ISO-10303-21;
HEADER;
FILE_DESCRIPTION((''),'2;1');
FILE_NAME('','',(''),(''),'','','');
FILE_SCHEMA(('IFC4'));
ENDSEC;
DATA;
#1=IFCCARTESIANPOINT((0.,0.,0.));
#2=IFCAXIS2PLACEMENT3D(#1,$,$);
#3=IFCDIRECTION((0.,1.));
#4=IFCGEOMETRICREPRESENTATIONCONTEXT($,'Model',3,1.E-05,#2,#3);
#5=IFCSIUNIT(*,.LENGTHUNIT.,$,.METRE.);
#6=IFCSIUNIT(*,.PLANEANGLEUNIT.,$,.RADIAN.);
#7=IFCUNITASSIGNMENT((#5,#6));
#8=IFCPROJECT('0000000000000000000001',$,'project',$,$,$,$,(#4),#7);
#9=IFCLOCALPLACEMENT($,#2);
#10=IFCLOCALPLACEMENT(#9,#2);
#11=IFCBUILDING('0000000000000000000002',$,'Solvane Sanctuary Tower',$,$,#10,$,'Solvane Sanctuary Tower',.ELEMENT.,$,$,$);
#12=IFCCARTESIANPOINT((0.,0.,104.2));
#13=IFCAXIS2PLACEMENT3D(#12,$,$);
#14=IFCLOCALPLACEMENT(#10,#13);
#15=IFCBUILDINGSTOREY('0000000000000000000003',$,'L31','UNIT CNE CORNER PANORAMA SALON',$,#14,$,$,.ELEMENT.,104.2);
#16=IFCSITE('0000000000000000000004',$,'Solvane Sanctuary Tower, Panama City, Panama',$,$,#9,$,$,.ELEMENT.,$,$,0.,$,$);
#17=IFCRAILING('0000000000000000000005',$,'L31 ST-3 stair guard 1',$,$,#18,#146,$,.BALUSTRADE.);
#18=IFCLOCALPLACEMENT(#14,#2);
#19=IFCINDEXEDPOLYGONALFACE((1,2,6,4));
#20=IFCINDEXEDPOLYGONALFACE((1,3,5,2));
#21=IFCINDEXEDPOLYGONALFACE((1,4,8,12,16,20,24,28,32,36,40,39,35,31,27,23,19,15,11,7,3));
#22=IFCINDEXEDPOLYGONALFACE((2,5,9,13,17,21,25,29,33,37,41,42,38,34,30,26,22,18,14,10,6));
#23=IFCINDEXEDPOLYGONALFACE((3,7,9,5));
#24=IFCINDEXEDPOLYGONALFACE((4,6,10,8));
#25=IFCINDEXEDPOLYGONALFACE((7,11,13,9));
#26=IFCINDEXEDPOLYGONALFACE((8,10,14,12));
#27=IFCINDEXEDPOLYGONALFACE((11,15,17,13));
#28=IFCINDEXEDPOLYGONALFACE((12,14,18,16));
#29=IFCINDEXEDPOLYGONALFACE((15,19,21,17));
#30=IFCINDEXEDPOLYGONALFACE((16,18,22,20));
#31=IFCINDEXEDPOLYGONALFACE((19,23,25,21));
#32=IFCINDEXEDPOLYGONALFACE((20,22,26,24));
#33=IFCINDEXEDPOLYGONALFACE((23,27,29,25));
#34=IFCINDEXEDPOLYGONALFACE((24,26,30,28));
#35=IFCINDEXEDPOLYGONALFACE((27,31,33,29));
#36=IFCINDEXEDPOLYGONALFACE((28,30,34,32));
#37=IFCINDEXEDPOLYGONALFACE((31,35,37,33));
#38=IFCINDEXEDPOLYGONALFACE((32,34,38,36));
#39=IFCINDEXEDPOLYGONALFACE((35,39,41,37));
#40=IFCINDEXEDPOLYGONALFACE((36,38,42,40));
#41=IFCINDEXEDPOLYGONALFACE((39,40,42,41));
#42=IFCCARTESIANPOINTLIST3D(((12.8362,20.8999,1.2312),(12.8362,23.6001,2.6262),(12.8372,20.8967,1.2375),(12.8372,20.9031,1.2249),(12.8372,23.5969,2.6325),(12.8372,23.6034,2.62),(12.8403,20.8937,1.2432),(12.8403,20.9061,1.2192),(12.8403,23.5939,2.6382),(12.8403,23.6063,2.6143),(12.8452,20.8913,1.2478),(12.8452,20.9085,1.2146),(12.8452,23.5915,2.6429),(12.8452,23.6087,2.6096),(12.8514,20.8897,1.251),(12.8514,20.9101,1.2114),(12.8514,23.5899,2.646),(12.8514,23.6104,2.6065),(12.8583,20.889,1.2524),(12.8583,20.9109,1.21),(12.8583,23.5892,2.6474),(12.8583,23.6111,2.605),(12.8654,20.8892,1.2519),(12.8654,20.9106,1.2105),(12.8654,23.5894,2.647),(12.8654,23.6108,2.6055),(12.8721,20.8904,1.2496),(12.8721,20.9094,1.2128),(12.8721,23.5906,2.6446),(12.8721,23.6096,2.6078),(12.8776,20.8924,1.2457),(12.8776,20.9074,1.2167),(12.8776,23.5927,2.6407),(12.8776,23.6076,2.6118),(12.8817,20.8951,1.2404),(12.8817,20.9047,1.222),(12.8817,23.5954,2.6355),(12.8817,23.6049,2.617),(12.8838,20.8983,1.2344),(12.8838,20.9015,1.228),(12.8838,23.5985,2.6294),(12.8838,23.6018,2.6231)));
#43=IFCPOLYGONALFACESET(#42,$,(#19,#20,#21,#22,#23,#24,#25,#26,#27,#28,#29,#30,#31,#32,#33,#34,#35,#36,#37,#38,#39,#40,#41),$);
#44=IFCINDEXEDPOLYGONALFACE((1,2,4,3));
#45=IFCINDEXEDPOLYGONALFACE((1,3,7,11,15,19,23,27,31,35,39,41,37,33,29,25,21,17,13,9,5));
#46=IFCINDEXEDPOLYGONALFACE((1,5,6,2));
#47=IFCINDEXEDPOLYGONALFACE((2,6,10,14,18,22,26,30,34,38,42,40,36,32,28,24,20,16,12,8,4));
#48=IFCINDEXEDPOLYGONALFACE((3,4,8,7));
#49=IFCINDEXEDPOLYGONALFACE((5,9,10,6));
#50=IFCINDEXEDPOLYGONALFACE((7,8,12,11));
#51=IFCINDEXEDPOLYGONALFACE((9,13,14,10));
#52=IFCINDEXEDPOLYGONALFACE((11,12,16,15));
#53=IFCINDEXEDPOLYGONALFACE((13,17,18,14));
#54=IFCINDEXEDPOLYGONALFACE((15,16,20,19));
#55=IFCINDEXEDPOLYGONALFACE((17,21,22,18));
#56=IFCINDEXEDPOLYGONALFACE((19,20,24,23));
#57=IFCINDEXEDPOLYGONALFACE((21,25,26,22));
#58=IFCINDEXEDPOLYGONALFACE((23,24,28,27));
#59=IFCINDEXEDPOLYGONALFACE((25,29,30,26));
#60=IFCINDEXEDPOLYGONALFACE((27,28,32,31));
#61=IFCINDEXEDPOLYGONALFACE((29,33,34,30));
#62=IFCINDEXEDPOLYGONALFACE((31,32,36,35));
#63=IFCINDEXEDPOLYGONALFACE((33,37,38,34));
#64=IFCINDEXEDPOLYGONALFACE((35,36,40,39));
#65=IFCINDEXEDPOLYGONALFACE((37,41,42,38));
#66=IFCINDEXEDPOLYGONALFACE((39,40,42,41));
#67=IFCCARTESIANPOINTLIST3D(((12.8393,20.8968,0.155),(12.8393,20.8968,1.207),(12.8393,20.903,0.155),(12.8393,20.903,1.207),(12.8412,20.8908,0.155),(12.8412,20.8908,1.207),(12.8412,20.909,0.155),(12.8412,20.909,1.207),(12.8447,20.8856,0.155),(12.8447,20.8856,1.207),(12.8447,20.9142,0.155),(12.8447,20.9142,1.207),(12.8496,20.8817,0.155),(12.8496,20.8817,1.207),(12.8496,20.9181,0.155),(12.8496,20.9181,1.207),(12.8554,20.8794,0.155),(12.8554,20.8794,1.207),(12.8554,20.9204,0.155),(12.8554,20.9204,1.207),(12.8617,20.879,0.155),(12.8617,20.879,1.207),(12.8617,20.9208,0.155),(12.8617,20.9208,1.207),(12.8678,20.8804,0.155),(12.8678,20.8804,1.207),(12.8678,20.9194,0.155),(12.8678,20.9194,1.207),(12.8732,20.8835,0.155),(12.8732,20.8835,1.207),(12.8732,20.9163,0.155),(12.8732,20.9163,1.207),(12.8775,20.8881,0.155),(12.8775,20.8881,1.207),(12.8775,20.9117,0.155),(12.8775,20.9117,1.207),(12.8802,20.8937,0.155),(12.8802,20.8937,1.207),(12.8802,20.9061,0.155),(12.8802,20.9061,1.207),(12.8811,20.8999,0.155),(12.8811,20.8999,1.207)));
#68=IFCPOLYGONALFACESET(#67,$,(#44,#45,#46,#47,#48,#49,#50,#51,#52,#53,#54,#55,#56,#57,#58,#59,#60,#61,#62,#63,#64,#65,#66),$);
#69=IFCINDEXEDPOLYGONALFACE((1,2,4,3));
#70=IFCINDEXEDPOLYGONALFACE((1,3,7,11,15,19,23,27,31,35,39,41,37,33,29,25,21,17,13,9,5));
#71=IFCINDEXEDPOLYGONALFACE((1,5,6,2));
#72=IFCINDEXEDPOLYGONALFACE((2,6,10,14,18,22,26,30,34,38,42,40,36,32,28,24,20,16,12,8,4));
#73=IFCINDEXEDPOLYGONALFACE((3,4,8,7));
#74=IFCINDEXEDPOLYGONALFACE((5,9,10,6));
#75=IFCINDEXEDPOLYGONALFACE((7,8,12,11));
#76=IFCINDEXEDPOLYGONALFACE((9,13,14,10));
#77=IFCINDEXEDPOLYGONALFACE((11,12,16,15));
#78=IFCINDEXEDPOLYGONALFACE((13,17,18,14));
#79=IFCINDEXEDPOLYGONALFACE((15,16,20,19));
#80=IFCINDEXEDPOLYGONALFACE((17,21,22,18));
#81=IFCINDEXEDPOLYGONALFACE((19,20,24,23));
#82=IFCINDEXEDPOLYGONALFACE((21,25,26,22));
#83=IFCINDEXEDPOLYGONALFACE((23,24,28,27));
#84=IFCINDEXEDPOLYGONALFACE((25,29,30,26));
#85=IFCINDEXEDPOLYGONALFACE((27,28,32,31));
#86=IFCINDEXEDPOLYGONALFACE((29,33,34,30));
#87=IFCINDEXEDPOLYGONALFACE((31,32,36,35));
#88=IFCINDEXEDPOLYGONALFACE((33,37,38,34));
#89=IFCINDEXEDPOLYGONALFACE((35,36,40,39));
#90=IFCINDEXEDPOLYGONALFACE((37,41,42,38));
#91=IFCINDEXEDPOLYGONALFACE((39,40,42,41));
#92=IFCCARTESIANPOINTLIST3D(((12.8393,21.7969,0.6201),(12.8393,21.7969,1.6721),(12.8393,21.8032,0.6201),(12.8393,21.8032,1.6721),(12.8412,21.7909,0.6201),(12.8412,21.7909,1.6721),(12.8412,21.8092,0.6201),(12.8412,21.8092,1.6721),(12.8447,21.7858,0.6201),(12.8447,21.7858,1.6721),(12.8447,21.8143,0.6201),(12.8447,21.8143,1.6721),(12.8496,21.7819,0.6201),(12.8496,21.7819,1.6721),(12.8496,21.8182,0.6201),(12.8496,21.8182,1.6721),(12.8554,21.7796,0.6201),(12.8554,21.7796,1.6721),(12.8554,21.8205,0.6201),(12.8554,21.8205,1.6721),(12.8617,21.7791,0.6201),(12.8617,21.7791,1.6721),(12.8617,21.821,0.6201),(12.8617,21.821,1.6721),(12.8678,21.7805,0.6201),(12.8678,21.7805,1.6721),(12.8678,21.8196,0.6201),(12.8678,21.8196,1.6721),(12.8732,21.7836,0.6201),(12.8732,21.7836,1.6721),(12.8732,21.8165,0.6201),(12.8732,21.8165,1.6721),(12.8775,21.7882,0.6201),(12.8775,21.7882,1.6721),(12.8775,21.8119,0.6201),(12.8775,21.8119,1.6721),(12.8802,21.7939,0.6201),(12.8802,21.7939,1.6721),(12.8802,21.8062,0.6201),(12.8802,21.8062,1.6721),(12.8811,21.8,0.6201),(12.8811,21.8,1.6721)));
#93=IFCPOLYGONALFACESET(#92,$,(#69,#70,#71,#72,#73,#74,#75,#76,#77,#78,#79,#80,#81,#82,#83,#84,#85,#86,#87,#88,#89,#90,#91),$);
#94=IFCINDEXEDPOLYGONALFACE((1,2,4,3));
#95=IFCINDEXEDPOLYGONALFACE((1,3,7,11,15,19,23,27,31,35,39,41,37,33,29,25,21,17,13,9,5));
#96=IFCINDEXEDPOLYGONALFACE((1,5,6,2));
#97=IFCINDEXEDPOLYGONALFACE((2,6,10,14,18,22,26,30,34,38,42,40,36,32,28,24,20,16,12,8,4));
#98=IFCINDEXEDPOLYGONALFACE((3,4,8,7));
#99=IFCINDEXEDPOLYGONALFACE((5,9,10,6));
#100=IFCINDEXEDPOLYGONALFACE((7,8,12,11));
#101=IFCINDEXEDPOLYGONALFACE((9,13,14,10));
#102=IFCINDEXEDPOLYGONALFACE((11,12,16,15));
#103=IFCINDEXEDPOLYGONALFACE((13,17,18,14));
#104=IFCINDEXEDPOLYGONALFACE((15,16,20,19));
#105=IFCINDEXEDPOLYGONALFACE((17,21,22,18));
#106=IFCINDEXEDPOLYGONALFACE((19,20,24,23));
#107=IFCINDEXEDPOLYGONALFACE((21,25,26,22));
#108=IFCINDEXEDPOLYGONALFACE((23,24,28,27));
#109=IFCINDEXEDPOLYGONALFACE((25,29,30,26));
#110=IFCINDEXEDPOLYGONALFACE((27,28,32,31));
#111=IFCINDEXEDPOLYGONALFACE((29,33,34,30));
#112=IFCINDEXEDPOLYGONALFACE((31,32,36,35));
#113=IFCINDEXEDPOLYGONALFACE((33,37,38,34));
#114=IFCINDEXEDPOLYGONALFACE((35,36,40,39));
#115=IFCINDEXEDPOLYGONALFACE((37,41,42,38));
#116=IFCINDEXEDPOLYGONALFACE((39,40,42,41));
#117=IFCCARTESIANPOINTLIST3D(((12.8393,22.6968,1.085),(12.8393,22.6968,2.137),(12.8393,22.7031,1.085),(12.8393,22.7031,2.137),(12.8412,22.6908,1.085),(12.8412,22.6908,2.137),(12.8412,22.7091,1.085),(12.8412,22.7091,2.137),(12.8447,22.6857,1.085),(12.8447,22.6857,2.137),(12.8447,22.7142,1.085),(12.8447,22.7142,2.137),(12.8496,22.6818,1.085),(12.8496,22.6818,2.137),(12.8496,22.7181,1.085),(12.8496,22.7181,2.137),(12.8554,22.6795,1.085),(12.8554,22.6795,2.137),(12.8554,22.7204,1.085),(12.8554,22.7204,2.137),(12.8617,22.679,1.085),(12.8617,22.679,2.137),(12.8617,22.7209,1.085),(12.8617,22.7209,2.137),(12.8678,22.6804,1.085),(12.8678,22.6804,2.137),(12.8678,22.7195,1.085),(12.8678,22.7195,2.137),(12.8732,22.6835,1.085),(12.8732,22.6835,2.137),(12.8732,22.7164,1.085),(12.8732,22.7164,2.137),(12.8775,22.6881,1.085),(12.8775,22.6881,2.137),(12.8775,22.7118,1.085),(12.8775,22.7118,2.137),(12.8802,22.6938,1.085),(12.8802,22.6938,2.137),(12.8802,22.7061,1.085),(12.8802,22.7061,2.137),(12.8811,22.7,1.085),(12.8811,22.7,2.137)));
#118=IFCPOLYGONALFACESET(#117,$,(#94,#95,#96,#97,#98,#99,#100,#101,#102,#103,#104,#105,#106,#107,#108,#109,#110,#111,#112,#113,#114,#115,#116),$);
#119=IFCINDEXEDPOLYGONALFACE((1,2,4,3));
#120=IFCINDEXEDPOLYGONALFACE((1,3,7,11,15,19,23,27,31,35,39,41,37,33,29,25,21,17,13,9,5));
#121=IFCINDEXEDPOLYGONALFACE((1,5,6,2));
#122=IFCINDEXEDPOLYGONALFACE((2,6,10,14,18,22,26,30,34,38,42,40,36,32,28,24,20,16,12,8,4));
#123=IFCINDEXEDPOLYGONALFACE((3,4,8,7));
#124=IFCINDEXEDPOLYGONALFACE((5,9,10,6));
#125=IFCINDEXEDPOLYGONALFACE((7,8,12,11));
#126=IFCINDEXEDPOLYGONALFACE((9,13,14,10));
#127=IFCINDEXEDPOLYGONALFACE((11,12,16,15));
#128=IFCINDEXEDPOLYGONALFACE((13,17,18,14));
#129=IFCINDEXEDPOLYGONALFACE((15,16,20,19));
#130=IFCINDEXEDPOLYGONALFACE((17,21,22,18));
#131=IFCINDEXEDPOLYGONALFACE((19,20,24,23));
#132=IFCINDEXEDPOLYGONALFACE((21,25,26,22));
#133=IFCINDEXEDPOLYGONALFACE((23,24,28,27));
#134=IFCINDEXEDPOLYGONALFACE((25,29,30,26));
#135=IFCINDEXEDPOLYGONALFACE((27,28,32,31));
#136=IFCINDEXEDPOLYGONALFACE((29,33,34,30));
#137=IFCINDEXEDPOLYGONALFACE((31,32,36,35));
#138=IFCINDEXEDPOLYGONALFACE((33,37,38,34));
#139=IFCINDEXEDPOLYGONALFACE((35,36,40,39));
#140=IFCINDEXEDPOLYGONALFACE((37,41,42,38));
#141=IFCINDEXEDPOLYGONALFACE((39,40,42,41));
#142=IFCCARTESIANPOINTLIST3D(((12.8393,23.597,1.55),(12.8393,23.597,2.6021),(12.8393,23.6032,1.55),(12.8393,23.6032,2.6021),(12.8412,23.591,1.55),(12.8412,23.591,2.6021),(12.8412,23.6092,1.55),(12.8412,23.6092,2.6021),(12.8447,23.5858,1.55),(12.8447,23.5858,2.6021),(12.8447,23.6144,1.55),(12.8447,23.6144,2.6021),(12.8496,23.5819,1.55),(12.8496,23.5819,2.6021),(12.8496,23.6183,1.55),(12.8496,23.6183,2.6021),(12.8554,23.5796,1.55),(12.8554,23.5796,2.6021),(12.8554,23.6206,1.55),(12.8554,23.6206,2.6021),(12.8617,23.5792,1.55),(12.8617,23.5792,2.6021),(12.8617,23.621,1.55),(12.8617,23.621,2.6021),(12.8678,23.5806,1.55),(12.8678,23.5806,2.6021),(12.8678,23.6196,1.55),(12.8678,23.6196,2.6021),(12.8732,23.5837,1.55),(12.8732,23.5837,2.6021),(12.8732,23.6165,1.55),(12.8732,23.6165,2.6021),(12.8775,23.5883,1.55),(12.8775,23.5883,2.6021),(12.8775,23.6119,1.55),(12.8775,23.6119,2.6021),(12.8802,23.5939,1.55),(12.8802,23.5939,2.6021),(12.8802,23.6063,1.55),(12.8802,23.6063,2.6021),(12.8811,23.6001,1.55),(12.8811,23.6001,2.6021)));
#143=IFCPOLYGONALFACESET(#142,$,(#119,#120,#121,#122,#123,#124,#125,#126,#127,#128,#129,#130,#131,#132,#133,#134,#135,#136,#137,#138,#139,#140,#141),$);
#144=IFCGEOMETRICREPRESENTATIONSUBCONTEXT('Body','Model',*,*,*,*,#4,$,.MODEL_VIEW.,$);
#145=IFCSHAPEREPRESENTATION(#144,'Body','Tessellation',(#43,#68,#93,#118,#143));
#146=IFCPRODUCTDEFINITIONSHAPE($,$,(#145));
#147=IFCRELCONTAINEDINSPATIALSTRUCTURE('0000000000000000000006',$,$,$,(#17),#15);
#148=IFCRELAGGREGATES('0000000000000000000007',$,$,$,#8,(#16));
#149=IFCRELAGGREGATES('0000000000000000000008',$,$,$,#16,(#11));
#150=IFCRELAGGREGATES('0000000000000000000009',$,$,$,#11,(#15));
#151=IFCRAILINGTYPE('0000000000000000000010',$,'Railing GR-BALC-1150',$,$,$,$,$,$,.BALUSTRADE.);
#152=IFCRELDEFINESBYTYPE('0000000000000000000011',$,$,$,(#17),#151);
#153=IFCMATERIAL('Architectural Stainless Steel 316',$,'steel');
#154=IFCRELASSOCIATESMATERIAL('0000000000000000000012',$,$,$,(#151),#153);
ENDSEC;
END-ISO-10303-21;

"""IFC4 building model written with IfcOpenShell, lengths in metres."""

from ifc_helpers import new_model, si_unit, direction, frame, origin, origin_2d, place, context, subcontext, project, spatial, circle, extrude, material, type_object, element, save


model = new_model("IFC4")

# Units and contexts
model_context = context("Model", 3, precision=1e-05, world=origin(), true_north=direction((0.0, 1.0)))
body_context = subcontext(model_context, "Body", "Model", "MODEL_VIEW")
ifc_project = project(units=[si_unit("LENGTHUNIT", "METRE"), si_unit("PLANEANGLEUNIT", "RADIAN")], contexts=[model_context])

# Site, building, storey
site_placement = place(None, origin())
site = spatial("IfcSite", under=ifc_project, at=site_placement, Name="Solvane Sanctuary Tower, Panama City, Panama", CompositionType="ELEMENT", RefElevation=0.0)
building_placement = place(site_placement, origin())
building = spatial("IfcBuilding", under=site, at=building_placement, Name="Solvane Sanctuary Tower", LongName="Solvane Sanctuary Tower", CompositionType="ELEMENT")
storey_placement = place(building_placement, frame((0.0, 0.0, 104.2)))
storey = spatial("IfcBuildingStorey", under=building, at=storey_placement, Name="L31", Description="UNIT CNE CORNER PANORAMA SALON", CompositionType="ELEMENT", Elevation=104.2)

# Railing
ifc_material_1 = material(Name="Architectural Stainless Steel 316", Category="steel")
railing_type_1 = type_object("IfcRailingType", Name="Railing GR-BALC-1150", PredefinedType="BALUSTRADE", material=ifc_material_1)
railing_1_placement = place(storey_placement, frame((12.8601, 20.8999, 0.155)))
element("IfcRailing", 1, at=railing_1_placement, inside=storey, type_object=railing_type_1, Name="L31 ST-3 stair guard 1", PredefinedType="BALUSTRADE", context=body_context, shape_type="SweptSolid", body=[
    extrude(circle(Radius=0.0239, at=origin_2d()), frame((0.0, 0.0, 1.0762), z_axis=(0.0, 0.888437, 0.458999), x_axis=(-1.0, 0.0, 0.0)), (0.0, 0.0, 1.0), 3.0393),
    extrude(circle(Radius=0.021, at=origin_2d()), origin(), (0.0, 0.0, 1.0), 1.052),
    extrude(circle(Radius=0.021, at=origin_2d()), frame((0.0, 0.9001, 0.4651)), (0.0, 0.0, 1.0), 1.052),
    extrude(circle(Radius=0.021, at=origin_2d()), frame((0.0, 1.8, 0.9299)), (0.0, 0.0, 1.0), 1.052),
    extrude(circle(Radius=0.021, at=origin_2d()), frame((0.0, 2.7002, 1.395)), (0.0, 0.0, 1.0), 1.052),
])

save(model, "model.ifc")
